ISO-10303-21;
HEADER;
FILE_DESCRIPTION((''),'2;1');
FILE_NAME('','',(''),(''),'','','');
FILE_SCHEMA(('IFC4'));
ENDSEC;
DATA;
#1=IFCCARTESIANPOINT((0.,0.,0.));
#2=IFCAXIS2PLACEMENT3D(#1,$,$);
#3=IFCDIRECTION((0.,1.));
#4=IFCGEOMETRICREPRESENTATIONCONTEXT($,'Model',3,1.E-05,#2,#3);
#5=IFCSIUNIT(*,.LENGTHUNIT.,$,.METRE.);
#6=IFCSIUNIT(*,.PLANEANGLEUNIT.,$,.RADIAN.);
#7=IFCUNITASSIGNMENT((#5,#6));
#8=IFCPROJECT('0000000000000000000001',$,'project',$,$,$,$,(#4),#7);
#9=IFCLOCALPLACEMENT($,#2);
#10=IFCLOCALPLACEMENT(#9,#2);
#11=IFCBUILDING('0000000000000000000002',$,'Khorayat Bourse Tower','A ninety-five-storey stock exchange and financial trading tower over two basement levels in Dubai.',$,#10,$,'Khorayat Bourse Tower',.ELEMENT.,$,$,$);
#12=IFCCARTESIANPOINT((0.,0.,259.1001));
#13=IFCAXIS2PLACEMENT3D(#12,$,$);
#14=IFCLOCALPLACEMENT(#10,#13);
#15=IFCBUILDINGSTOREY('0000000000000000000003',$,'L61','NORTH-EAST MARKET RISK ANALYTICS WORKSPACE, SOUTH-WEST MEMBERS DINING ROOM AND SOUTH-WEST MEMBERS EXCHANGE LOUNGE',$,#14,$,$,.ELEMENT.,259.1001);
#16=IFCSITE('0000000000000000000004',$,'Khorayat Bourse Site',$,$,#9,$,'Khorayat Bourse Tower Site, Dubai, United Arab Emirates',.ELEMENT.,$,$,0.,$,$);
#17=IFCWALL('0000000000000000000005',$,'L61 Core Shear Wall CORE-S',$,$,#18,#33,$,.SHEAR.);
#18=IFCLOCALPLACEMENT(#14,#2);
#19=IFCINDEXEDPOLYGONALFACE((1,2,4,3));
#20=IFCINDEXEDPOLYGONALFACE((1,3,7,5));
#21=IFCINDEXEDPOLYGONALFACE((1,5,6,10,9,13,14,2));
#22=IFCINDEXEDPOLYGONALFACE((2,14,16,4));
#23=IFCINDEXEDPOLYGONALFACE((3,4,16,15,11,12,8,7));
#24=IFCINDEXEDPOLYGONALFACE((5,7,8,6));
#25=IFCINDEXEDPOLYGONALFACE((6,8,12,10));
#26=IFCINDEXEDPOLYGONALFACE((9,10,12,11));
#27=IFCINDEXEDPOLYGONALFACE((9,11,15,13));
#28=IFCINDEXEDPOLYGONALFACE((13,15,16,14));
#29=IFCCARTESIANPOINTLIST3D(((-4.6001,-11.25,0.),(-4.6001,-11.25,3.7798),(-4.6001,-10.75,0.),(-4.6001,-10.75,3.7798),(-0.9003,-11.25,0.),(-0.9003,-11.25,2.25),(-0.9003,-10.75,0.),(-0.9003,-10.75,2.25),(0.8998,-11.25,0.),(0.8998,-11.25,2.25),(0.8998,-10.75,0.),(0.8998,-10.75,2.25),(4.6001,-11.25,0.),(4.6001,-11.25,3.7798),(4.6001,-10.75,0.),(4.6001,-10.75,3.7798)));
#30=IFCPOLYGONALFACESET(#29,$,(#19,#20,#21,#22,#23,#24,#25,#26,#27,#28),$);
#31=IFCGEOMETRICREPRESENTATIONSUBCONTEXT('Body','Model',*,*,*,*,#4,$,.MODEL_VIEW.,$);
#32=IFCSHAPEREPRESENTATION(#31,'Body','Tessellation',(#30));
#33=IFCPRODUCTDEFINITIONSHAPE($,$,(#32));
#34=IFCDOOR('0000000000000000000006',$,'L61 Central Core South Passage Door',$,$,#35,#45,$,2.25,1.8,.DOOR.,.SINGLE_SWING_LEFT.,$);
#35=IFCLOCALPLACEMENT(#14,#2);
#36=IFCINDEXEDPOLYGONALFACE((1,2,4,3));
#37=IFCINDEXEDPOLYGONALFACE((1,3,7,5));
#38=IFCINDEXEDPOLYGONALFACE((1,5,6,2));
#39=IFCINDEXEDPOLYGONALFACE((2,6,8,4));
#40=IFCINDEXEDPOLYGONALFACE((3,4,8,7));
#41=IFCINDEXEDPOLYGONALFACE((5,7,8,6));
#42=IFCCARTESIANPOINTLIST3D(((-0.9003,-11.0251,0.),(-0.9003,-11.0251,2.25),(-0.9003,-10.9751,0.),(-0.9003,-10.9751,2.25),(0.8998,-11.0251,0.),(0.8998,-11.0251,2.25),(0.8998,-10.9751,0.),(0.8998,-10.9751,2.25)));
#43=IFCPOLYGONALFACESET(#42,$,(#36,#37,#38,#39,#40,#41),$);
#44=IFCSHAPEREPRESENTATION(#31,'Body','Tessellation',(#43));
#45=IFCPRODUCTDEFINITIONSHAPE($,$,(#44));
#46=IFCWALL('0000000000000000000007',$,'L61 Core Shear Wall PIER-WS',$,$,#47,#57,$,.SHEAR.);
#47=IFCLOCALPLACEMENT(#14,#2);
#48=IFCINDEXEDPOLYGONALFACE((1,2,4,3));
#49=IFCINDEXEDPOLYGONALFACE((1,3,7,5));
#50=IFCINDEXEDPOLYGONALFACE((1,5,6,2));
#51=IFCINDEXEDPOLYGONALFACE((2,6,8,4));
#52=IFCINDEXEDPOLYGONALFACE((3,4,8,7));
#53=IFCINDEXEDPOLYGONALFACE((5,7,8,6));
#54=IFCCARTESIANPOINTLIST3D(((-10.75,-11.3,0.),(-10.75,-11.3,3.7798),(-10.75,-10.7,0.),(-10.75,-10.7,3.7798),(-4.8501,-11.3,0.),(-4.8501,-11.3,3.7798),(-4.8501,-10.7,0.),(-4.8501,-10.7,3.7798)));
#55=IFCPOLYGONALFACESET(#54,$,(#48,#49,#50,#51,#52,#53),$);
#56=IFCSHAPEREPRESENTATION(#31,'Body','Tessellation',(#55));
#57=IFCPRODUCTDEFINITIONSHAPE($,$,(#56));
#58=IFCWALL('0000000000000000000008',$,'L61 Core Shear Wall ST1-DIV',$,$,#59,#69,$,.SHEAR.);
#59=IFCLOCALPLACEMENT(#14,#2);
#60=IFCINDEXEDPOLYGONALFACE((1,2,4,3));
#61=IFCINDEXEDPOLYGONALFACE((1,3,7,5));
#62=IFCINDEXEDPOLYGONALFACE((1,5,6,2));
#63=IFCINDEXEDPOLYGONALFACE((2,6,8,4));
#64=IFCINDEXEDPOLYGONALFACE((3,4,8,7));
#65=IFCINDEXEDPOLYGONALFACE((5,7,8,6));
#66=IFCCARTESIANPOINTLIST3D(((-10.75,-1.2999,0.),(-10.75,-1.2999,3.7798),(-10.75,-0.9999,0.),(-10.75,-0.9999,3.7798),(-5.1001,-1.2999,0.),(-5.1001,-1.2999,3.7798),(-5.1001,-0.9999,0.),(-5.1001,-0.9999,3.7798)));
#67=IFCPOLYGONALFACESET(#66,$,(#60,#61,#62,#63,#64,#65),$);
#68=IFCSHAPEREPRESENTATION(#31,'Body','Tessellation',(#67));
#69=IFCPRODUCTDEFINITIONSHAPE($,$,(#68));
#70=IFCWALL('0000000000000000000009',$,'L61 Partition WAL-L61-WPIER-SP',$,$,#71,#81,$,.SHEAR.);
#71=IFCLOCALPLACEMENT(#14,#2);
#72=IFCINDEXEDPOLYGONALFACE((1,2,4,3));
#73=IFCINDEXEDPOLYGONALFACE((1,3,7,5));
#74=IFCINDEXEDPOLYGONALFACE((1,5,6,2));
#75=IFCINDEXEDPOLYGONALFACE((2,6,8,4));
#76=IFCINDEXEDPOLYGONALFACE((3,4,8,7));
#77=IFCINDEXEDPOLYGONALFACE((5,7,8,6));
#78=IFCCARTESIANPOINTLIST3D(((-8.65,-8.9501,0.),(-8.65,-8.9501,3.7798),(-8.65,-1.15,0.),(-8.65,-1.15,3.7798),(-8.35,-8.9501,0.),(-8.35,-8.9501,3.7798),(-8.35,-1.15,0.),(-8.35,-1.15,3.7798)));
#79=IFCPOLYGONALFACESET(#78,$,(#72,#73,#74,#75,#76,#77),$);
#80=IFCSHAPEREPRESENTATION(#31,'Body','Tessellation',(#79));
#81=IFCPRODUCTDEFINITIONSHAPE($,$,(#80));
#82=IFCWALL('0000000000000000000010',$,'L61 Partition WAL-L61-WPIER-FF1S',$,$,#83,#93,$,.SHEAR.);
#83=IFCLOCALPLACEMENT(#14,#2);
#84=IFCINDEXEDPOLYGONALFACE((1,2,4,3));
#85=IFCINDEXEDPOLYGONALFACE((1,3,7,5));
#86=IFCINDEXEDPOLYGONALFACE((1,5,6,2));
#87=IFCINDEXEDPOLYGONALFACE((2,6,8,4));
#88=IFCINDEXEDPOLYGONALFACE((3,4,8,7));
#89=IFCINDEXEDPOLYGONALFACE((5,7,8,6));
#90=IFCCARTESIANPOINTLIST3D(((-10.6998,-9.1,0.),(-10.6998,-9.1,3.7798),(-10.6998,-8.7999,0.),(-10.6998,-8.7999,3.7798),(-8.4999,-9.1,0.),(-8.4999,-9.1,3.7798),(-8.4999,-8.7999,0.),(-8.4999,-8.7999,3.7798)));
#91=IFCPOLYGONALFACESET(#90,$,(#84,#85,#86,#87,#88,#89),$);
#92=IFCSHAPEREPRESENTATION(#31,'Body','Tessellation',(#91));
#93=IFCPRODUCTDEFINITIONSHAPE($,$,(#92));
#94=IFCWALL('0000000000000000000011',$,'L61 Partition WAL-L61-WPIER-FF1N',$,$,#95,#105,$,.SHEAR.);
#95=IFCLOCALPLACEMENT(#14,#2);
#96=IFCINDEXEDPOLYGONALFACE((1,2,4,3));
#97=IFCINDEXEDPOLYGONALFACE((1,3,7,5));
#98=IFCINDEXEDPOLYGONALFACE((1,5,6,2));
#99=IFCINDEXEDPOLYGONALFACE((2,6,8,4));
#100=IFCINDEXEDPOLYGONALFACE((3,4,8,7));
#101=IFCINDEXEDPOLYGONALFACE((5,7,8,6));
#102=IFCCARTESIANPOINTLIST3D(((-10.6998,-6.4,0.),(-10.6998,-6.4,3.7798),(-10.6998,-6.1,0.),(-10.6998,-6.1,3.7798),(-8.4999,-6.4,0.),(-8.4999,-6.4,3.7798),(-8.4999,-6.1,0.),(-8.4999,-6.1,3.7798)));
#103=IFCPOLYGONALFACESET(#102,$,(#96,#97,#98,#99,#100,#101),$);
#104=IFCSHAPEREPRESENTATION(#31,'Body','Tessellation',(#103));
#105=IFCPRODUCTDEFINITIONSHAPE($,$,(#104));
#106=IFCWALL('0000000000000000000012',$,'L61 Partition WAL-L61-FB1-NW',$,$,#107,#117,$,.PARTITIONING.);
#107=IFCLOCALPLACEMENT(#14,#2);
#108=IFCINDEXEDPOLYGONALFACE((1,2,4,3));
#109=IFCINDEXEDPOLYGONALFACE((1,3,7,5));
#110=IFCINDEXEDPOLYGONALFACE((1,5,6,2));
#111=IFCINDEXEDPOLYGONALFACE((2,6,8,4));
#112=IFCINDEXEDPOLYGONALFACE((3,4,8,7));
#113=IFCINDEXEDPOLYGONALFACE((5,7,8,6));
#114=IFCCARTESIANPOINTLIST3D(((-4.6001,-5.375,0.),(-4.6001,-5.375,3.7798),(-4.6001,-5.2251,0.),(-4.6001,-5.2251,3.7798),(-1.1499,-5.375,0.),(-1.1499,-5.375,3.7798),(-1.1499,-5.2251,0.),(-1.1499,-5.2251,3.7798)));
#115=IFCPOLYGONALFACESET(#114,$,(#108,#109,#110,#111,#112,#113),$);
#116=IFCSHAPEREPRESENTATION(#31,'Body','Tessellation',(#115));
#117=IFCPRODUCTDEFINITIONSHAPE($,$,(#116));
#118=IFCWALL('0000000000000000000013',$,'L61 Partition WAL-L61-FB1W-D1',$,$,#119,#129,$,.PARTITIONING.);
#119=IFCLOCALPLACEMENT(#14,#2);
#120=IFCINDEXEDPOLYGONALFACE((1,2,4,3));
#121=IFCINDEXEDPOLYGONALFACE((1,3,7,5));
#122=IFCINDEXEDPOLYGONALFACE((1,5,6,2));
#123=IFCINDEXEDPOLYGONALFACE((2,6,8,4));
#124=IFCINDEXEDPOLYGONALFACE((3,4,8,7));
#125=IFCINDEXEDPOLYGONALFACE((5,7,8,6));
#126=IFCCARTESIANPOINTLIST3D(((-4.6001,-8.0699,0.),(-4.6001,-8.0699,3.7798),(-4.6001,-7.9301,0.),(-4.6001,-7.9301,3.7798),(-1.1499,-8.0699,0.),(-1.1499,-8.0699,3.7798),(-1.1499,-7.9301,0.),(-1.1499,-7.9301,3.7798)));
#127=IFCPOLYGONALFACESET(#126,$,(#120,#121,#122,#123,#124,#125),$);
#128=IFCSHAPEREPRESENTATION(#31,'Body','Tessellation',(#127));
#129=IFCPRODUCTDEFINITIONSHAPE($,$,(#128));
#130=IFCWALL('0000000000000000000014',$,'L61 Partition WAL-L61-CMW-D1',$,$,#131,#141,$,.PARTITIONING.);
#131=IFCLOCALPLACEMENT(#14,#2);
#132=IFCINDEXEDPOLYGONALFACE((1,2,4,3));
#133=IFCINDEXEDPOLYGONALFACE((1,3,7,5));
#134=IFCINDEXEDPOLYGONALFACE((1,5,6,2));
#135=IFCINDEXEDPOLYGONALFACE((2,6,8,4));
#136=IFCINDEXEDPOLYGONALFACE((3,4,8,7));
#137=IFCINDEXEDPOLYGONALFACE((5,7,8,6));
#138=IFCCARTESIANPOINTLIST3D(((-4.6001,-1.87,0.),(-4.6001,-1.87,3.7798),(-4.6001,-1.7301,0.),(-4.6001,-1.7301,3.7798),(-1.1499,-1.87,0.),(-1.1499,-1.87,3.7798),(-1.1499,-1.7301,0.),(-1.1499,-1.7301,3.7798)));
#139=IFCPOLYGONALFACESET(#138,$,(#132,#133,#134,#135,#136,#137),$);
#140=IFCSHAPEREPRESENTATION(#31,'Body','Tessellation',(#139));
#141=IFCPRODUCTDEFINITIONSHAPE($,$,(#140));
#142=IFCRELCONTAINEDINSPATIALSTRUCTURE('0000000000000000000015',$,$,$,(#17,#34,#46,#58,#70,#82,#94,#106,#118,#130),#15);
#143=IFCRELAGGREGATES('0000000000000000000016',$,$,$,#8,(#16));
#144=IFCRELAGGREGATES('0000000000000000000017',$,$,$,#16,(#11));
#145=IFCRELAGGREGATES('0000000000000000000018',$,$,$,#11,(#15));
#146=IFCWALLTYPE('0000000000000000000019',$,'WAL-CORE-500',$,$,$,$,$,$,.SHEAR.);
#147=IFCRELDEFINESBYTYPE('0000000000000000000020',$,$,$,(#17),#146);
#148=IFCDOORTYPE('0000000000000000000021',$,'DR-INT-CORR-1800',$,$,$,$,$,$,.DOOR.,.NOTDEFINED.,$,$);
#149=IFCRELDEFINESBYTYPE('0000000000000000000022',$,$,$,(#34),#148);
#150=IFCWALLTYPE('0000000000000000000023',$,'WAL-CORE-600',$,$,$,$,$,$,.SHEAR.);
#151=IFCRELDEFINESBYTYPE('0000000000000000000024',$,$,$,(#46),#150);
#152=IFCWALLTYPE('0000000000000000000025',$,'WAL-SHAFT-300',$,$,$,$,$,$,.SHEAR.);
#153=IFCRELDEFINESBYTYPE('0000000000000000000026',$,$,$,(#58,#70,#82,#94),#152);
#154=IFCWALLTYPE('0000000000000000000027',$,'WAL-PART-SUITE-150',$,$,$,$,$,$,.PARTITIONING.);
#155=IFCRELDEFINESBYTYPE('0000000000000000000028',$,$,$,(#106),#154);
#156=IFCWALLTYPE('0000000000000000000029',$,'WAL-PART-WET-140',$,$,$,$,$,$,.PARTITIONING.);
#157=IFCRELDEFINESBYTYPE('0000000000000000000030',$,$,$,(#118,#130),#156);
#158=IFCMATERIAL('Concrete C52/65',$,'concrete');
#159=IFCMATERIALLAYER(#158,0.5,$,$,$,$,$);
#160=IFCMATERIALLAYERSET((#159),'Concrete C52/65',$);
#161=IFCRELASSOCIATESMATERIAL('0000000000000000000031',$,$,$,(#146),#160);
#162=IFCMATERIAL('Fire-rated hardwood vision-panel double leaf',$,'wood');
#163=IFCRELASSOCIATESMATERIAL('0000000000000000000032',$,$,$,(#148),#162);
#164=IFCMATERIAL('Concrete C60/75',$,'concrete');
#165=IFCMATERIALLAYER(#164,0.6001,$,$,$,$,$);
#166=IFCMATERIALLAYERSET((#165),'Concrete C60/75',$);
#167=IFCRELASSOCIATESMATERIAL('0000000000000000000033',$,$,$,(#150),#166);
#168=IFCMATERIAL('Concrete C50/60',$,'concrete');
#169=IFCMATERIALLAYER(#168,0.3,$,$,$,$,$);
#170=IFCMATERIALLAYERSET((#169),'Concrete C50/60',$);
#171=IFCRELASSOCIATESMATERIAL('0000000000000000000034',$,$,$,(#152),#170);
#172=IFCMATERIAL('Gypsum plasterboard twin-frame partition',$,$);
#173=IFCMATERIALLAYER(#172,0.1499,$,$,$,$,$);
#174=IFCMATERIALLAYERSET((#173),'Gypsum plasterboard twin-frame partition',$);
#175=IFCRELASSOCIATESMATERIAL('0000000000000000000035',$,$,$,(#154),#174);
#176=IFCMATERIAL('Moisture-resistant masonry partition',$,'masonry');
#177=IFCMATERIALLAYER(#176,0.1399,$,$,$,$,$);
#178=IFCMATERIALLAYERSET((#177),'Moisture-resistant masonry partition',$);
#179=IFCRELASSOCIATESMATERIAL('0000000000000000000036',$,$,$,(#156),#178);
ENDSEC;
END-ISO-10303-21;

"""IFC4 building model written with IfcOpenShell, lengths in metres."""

from ifc_helpers import new_model, si_unit, direction, frame, frame_2d, origin, place, context, subcontext, project, spatial, rectangle, extrude, source, transform, mapped, material, layer, layer_set, type_object, element, fill, save


model = new_model("IFC4")

# Units and contexts
model_context = context("Model", 3, precision=1e-05, world=origin(), true_north=direction((0.0, 1.0)))
body_context = subcontext(model_context, "Body", "Model", "MODEL_VIEW")
ifc_project = project(units=[si_unit("LENGTHUNIT", "METRE"), si_unit("PLANEANGLEUNIT", "RADIAN")], contexts=[model_context])

# Site, building, storey
site_placement = place(None, origin())
site = spatial("IfcSite", under=ifc_project, at=site_placement, Name="Khorayat Bourse Site", LongName="Khorayat Bourse Tower Site, Dubai, United Arab Emirates", CompositionType="ELEMENT", RefElevation=0.0)
building_placement = place(site_placement, origin())
building = spatial("IfcBuilding", under=site, at=building_placement, Name="Khorayat Bourse Tower", Description="A ninety-five-storey stock exchange and financial trading tower over two basement levels in Dubai.", LongName="Khorayat Bourse Tower", CompositionType="ELEMENT")
storey_placement = place(building_placement, frame((0.0, 0.0, 259.1001)))
storey = spatial("IfcBuildingStorey", under=building, at=storey_placement, Name="L61", Description="NORTH-EAST MARKET RISK ANALYTICS WORKSPACE, SOUTH-WEST MEMBERS DINING ROOM AND SOUTH-WEST MEMBERS EXCHANGE LOUNGE", CompositionType="ELEMENT", Elevation=259.1001)

# Shared definitions
ifc_material_1 = material(Name="Concrete C60/75", Category="concrete")

# Shared definitions
ifc_material_2 = material(Name="Concrete C52/65", Category="concrete")
ifc_layer_1 = layer(ifc_material_2, 0.5)
ifc_layer_set_1 = layer_set([ifc_layer_1], Name="Concrete C52/65")
wall_type_1 = type_object("IfcWallType", Name="WAL-CORE-500", PredefinedType="SHEAR", material=ifc_layer_set_1)

# Wall, opening, door
shared_shape_1 = source(origin(), body_context, "Body", "SweptSolid", [
    extrude(rectangle(XDim=9.2002, YDim=0.5, at=frame_2d((4.6001, 0.0))), origin(), (0.0, 0.0, 1.0), 3.7798),
])
wall_1_placement = place(storey_placement, frame((-4.6001, -11.0, 0.0), z_axis=(0.0, 0.0, 1.0), x_axis=(1.0, 0.0, 0.0)))
wall_1 = element("IfcWall", 1, at=wall_1_placement, inside=storey, type_object=wall_type_1, Name="L61 Core Shear Wall CORE-S", PredefinedType="SHEAR", context=body_context, shape_type="MappedRepresentation", body=[
    mapped(shared_shape_1, transform((0.0, 0.0, 0.0), scale=1.0)),
])
shared_shape_2 = source(origin(), body_context, "Body", "SweptSolid", [
    extrude(rectangle(XDim=1.8, YDim=2.25, at=frame_2d((0.8999, 1.125))), frame((0.0, 0.26, 0.0), z_axis=(0.0, -1.0, 0.0), x_axis=(1.0, 0.0, 0.0)), (0.0, 0.0, 1.0), 0.52),
])
opening_placement = place(wall_1_placement, frame((3.7, 0.0, 0.0)))
opening = element("IfcOpeningElement", 2, at=opening_placement, cuts=wall_1, PredefinedType="OPENING", context=body_context, shape_type="MappedRepresentation", body=[
    mapped(shared_shape_2, transform((0.0, 0.0, 0.0), scale=1.0)),
])
ifc_material_3 = material(Name="Fire-rated hardwood vision-panel double leaf", Category="wood")
door_type = type_object("IfcDoorType", Name="DR-INT-CORR-1800", OperationType="NOTDEFINED", PredefinedType="DOOR", material=ifc_material_3)
shared_shape_3 = source(origin(), body_context, "Body", "SweptSolid", [
    extrude(rectangle(XDim=1.8, YDim=2.25, at=frame_2d((0.8999, 1.125))), frame((0.0, 0.0249, 0.0), z_axis=(0.0, -1.0, 0.0), x_axis=(1.0, 0.0, 0.0)), (0.0, 0.0, 1.0), 0.05),
])
door_placement = place(opening_placement, origin())
door = element("IfcDoor", 3, at=door_placement, inside=storey, type_object=door_type, Name="L61 Central Core South Passage Door", OperationType="SINGLE_SWING_LEFT", OverallHeight=2.25, OverallWidth=1.8, PredefinedType="DOOR", context=body_context, shape_type="MappedRepresentation", body=[
    mapped(shared_shape_3, transform((0.0, 0.0, 0.0), scale=1.0)),
])
fill(opening, door)

# Walls
ifc_layer_2 = layer(ifc_material_1, 0.6001)
ifc_layer_set_2 = layer_set([ifc_layer_2], Name="Concrete C60/75")
wall_type_2 = type_object("IfcWallType", Name="WAL-CORE-600", PredefinedType="SHEAR", material=ifc_layer_set_2)
shared_shape_4 = source(origin(), body_context, "Body", "SweptSolid", [
    extrude(rectangle(XDim=5.8999, YDim=0.6001, at=frame_2d((2.95, 0.0))), origin(), (0.0, 0.0, 1.0), 3.7798),
])
wall_2_placement = place(storey_placement, frame((-10.75, -11.0, 0.0), z_axis=(0.0, 0.0, 1.0), x_axis=(1.0, 0.0, 0.0)))
element("IfcWall", 4, at=wall_2_placement, inside=storey, type_object=wall_type_2, Name="L61 Core Shear Wall PIER-WS", PredefinedType="SHEAR", context=body_context, shape_type="MappedRepresentation", body=[
    mapped(shared_shape_4, transform((0.0, 0.0, 0.0), scale=1.0)),
])
ifc_material_4 = material(Name="Concrete C50/60", Category="concrete")
ifc_layer_3 = layer(ifc_material_4, 0.3)
ifc_layer_set_3 = layer_set([ifc_layer_3], Name="Concrete C50/60")
wall_type_3 = type_object("IfcWallType", Name="WAL-SHAFT-300", PredefinedType="SHEAR", material=ifc_layer_set_3)
shared_shape_5 = source(origin(), body_context, "Body", "SweptSolid", [
    extrude(rectangle(XDim=5.6499, YDim=0.3, at=frame_2d((2.825, 0.0))), origin(), (0.0, 0.0, 1.0), 3.7798),
])
wall_3_placement = place(storey_placement, frame((-10.75, -1.1499, 0.0), z_axis=(0.0, 0.0, 1.0), x_axis=(1.0, 0.0, 0.0)))
element("IfcWall", 5, at=wall_3_placement, inside=storey, type_object=wall_type_3, Name="L61 Core Shear Wall ST1-DIV", PredefinedType="SHEAR", context=body_context, shape_type="MappedRepresentation", body=[
    mapped(shared_shape_5, transform((0.0, 0.0, 0.0), scale=1.0)),
])
shared_shape_6 = source(origin(), body_context, "Body", "SweptSolid", [
    extrude(rectangle(XDim=7.8, YDim=0.3, at=frame_2d((3.8999, 0.0))), origin(), (0.0, 0.0, 1.0), 3.7798),
])
wall_4_placement = place(storey_placement, frame((-8.5, -8.95, 0.0), z_axis=(0.0, 0.0, 1.0), x_axis=(0.0, 1.0, 0.0)))
element("IfcWall", 6, at=wall_4_placement, inside=storey, type_object=wall_type_3, Name="L61 Partition WAL-L61-WPIER-SP", PredefinedType="SHEAR", context=body_context, shape_type="MappedRepresentation", body=[
    mapped(shared_shape_6, transform((0.0, 0.0, 0.0), scale=1.0)),
])
shared_shape_7 = source(origin(), body_context, "Body", "SweptSolid", [
    extrude(rectangle(XDim=2.2, YDim=0.3, at=frame_2d((1.1001, 0.0))), origin(), (0.0, 0.0, 1.0), 3.7798),
])
for number, where, z_axis, x_axis, name in (
    (7, (-10.7, -8.95, 0.0), (0.0, 0.0, 1.0), (1.0, 0.0, 0.0), "L61 Partition WAL-L61-WPIER-FF1S"),
    (8, (-10.7, -6.25, 0.0), (0.0, 0.0, 1.0), (1.0, 0.0, 0.0), "L61 Partition WAL-L61-WPIER-FF1N"),
):
    element("IfcWall", number, at=place(storey_placement, frame(where, z_axis=z_axis, x_axis=x_axis)), inside=storey, type_object=wall_type_3, Name=name, PredefinedType="SHEAR", context=body_context, shape_type="MappedRepresentation", body=[
        mapped(shared_shape_7, transform((0.0, 0.0, 0.0), scale=1.0)),
    ])
ifc_material_5 = material(Name="Gypsum plasterboard twin-frame partition")
ifc_layer_4 = layer(ifc_material_5, 0.1499)
ifc_layer_set_4 = layer_set([ifc_layer_4], Name="Gypsum plasterboard twin-frame partition")
wall_type_4 = type_object("IfcWallType", Name="WAL-PART-SUITE-150", PredefinedType="PARTITIONING", material=ifc_layer_set_4)
shared_shape_8 = source(origin(), body_context, "Body", "SweptSolid", [
    extrude(rectangle(XDim=3.4502, YDim=0.1499, at=frame_2d((1.7251, 0.0))), origin(), (0.0, 0.0, 1.0), 3.7798),
])
wall_5_placement = place(storey_placement, frame((-4.6001, -5.3, 0.0), z_axis=(0.0, 0.0, 1.0), x_axis=(1.0, 0.0, 0.0)))
element("IfcWall", 9, at=wall_5_placement, inside=storey, type_object=wall_type_4, Name="L61 Partition WAL-L61-FB1-NW", PredefinedType="PARTITIONING", context=body_context, shape_type="MappedRepresentation", body=[
    mapped(shared_shape_8, transform((0.0, 0.0, 0.0), scale=1.0)),
])
ifc_material_6 = material(Name="Moisture-resistant masonry partition", Category="masonry")
ifc_layer_5 = layer(ifc_material_6, 0.1399)
ifc_layer_set_5 = layer_set([ifc_layer_5], Name="Moisture-resistant masonry partition")
wall_type_5 = type_object("IfcWallType", Name="WAL-PART-WET-140", PredefinedType="PARTITIONING", material=ifc_layer_set_5)
shared_shape_9 = source(origin(), body_context, "Body", "SweptSolid", [
    extrude(rectangle(XDim=3.4502, YDim=0.1399, at=frame_2d((1.7251, 0.0))), origin(), (0.0, 0.0, 1.0), 3.7798),
])
for number, where, z_axis, x_axis, name in (
    (10, (-4.6001, -8.0, 0.0), (0.0, 0.0, 1.0), (1.0, 0.0, 0.0), "L61 Partition WAL-L61-FB1W-D1"),
    (11, (-4.6001, -1.8, 0.0), (0.0, 0.0, 1.0), (1.0, 0.0, 0.0), "L61 Partition WAL-L61-CMW-D1"),
):
    element("IfcWall", number, at=place(storey_placement, frame(where, z_axis=z_axis, x_axis=x_axis)), inside=storey, type_object=wall_type_5, Name=name, PredefinedType="PARTITIONING", context=body_context, shape_type="MappedRepresentation", body=[
        mapped(shared_shape_9, transform((0.0, 0.0, 0.0), scale=1.0)),
    ])

save(model, "model.ifc")
